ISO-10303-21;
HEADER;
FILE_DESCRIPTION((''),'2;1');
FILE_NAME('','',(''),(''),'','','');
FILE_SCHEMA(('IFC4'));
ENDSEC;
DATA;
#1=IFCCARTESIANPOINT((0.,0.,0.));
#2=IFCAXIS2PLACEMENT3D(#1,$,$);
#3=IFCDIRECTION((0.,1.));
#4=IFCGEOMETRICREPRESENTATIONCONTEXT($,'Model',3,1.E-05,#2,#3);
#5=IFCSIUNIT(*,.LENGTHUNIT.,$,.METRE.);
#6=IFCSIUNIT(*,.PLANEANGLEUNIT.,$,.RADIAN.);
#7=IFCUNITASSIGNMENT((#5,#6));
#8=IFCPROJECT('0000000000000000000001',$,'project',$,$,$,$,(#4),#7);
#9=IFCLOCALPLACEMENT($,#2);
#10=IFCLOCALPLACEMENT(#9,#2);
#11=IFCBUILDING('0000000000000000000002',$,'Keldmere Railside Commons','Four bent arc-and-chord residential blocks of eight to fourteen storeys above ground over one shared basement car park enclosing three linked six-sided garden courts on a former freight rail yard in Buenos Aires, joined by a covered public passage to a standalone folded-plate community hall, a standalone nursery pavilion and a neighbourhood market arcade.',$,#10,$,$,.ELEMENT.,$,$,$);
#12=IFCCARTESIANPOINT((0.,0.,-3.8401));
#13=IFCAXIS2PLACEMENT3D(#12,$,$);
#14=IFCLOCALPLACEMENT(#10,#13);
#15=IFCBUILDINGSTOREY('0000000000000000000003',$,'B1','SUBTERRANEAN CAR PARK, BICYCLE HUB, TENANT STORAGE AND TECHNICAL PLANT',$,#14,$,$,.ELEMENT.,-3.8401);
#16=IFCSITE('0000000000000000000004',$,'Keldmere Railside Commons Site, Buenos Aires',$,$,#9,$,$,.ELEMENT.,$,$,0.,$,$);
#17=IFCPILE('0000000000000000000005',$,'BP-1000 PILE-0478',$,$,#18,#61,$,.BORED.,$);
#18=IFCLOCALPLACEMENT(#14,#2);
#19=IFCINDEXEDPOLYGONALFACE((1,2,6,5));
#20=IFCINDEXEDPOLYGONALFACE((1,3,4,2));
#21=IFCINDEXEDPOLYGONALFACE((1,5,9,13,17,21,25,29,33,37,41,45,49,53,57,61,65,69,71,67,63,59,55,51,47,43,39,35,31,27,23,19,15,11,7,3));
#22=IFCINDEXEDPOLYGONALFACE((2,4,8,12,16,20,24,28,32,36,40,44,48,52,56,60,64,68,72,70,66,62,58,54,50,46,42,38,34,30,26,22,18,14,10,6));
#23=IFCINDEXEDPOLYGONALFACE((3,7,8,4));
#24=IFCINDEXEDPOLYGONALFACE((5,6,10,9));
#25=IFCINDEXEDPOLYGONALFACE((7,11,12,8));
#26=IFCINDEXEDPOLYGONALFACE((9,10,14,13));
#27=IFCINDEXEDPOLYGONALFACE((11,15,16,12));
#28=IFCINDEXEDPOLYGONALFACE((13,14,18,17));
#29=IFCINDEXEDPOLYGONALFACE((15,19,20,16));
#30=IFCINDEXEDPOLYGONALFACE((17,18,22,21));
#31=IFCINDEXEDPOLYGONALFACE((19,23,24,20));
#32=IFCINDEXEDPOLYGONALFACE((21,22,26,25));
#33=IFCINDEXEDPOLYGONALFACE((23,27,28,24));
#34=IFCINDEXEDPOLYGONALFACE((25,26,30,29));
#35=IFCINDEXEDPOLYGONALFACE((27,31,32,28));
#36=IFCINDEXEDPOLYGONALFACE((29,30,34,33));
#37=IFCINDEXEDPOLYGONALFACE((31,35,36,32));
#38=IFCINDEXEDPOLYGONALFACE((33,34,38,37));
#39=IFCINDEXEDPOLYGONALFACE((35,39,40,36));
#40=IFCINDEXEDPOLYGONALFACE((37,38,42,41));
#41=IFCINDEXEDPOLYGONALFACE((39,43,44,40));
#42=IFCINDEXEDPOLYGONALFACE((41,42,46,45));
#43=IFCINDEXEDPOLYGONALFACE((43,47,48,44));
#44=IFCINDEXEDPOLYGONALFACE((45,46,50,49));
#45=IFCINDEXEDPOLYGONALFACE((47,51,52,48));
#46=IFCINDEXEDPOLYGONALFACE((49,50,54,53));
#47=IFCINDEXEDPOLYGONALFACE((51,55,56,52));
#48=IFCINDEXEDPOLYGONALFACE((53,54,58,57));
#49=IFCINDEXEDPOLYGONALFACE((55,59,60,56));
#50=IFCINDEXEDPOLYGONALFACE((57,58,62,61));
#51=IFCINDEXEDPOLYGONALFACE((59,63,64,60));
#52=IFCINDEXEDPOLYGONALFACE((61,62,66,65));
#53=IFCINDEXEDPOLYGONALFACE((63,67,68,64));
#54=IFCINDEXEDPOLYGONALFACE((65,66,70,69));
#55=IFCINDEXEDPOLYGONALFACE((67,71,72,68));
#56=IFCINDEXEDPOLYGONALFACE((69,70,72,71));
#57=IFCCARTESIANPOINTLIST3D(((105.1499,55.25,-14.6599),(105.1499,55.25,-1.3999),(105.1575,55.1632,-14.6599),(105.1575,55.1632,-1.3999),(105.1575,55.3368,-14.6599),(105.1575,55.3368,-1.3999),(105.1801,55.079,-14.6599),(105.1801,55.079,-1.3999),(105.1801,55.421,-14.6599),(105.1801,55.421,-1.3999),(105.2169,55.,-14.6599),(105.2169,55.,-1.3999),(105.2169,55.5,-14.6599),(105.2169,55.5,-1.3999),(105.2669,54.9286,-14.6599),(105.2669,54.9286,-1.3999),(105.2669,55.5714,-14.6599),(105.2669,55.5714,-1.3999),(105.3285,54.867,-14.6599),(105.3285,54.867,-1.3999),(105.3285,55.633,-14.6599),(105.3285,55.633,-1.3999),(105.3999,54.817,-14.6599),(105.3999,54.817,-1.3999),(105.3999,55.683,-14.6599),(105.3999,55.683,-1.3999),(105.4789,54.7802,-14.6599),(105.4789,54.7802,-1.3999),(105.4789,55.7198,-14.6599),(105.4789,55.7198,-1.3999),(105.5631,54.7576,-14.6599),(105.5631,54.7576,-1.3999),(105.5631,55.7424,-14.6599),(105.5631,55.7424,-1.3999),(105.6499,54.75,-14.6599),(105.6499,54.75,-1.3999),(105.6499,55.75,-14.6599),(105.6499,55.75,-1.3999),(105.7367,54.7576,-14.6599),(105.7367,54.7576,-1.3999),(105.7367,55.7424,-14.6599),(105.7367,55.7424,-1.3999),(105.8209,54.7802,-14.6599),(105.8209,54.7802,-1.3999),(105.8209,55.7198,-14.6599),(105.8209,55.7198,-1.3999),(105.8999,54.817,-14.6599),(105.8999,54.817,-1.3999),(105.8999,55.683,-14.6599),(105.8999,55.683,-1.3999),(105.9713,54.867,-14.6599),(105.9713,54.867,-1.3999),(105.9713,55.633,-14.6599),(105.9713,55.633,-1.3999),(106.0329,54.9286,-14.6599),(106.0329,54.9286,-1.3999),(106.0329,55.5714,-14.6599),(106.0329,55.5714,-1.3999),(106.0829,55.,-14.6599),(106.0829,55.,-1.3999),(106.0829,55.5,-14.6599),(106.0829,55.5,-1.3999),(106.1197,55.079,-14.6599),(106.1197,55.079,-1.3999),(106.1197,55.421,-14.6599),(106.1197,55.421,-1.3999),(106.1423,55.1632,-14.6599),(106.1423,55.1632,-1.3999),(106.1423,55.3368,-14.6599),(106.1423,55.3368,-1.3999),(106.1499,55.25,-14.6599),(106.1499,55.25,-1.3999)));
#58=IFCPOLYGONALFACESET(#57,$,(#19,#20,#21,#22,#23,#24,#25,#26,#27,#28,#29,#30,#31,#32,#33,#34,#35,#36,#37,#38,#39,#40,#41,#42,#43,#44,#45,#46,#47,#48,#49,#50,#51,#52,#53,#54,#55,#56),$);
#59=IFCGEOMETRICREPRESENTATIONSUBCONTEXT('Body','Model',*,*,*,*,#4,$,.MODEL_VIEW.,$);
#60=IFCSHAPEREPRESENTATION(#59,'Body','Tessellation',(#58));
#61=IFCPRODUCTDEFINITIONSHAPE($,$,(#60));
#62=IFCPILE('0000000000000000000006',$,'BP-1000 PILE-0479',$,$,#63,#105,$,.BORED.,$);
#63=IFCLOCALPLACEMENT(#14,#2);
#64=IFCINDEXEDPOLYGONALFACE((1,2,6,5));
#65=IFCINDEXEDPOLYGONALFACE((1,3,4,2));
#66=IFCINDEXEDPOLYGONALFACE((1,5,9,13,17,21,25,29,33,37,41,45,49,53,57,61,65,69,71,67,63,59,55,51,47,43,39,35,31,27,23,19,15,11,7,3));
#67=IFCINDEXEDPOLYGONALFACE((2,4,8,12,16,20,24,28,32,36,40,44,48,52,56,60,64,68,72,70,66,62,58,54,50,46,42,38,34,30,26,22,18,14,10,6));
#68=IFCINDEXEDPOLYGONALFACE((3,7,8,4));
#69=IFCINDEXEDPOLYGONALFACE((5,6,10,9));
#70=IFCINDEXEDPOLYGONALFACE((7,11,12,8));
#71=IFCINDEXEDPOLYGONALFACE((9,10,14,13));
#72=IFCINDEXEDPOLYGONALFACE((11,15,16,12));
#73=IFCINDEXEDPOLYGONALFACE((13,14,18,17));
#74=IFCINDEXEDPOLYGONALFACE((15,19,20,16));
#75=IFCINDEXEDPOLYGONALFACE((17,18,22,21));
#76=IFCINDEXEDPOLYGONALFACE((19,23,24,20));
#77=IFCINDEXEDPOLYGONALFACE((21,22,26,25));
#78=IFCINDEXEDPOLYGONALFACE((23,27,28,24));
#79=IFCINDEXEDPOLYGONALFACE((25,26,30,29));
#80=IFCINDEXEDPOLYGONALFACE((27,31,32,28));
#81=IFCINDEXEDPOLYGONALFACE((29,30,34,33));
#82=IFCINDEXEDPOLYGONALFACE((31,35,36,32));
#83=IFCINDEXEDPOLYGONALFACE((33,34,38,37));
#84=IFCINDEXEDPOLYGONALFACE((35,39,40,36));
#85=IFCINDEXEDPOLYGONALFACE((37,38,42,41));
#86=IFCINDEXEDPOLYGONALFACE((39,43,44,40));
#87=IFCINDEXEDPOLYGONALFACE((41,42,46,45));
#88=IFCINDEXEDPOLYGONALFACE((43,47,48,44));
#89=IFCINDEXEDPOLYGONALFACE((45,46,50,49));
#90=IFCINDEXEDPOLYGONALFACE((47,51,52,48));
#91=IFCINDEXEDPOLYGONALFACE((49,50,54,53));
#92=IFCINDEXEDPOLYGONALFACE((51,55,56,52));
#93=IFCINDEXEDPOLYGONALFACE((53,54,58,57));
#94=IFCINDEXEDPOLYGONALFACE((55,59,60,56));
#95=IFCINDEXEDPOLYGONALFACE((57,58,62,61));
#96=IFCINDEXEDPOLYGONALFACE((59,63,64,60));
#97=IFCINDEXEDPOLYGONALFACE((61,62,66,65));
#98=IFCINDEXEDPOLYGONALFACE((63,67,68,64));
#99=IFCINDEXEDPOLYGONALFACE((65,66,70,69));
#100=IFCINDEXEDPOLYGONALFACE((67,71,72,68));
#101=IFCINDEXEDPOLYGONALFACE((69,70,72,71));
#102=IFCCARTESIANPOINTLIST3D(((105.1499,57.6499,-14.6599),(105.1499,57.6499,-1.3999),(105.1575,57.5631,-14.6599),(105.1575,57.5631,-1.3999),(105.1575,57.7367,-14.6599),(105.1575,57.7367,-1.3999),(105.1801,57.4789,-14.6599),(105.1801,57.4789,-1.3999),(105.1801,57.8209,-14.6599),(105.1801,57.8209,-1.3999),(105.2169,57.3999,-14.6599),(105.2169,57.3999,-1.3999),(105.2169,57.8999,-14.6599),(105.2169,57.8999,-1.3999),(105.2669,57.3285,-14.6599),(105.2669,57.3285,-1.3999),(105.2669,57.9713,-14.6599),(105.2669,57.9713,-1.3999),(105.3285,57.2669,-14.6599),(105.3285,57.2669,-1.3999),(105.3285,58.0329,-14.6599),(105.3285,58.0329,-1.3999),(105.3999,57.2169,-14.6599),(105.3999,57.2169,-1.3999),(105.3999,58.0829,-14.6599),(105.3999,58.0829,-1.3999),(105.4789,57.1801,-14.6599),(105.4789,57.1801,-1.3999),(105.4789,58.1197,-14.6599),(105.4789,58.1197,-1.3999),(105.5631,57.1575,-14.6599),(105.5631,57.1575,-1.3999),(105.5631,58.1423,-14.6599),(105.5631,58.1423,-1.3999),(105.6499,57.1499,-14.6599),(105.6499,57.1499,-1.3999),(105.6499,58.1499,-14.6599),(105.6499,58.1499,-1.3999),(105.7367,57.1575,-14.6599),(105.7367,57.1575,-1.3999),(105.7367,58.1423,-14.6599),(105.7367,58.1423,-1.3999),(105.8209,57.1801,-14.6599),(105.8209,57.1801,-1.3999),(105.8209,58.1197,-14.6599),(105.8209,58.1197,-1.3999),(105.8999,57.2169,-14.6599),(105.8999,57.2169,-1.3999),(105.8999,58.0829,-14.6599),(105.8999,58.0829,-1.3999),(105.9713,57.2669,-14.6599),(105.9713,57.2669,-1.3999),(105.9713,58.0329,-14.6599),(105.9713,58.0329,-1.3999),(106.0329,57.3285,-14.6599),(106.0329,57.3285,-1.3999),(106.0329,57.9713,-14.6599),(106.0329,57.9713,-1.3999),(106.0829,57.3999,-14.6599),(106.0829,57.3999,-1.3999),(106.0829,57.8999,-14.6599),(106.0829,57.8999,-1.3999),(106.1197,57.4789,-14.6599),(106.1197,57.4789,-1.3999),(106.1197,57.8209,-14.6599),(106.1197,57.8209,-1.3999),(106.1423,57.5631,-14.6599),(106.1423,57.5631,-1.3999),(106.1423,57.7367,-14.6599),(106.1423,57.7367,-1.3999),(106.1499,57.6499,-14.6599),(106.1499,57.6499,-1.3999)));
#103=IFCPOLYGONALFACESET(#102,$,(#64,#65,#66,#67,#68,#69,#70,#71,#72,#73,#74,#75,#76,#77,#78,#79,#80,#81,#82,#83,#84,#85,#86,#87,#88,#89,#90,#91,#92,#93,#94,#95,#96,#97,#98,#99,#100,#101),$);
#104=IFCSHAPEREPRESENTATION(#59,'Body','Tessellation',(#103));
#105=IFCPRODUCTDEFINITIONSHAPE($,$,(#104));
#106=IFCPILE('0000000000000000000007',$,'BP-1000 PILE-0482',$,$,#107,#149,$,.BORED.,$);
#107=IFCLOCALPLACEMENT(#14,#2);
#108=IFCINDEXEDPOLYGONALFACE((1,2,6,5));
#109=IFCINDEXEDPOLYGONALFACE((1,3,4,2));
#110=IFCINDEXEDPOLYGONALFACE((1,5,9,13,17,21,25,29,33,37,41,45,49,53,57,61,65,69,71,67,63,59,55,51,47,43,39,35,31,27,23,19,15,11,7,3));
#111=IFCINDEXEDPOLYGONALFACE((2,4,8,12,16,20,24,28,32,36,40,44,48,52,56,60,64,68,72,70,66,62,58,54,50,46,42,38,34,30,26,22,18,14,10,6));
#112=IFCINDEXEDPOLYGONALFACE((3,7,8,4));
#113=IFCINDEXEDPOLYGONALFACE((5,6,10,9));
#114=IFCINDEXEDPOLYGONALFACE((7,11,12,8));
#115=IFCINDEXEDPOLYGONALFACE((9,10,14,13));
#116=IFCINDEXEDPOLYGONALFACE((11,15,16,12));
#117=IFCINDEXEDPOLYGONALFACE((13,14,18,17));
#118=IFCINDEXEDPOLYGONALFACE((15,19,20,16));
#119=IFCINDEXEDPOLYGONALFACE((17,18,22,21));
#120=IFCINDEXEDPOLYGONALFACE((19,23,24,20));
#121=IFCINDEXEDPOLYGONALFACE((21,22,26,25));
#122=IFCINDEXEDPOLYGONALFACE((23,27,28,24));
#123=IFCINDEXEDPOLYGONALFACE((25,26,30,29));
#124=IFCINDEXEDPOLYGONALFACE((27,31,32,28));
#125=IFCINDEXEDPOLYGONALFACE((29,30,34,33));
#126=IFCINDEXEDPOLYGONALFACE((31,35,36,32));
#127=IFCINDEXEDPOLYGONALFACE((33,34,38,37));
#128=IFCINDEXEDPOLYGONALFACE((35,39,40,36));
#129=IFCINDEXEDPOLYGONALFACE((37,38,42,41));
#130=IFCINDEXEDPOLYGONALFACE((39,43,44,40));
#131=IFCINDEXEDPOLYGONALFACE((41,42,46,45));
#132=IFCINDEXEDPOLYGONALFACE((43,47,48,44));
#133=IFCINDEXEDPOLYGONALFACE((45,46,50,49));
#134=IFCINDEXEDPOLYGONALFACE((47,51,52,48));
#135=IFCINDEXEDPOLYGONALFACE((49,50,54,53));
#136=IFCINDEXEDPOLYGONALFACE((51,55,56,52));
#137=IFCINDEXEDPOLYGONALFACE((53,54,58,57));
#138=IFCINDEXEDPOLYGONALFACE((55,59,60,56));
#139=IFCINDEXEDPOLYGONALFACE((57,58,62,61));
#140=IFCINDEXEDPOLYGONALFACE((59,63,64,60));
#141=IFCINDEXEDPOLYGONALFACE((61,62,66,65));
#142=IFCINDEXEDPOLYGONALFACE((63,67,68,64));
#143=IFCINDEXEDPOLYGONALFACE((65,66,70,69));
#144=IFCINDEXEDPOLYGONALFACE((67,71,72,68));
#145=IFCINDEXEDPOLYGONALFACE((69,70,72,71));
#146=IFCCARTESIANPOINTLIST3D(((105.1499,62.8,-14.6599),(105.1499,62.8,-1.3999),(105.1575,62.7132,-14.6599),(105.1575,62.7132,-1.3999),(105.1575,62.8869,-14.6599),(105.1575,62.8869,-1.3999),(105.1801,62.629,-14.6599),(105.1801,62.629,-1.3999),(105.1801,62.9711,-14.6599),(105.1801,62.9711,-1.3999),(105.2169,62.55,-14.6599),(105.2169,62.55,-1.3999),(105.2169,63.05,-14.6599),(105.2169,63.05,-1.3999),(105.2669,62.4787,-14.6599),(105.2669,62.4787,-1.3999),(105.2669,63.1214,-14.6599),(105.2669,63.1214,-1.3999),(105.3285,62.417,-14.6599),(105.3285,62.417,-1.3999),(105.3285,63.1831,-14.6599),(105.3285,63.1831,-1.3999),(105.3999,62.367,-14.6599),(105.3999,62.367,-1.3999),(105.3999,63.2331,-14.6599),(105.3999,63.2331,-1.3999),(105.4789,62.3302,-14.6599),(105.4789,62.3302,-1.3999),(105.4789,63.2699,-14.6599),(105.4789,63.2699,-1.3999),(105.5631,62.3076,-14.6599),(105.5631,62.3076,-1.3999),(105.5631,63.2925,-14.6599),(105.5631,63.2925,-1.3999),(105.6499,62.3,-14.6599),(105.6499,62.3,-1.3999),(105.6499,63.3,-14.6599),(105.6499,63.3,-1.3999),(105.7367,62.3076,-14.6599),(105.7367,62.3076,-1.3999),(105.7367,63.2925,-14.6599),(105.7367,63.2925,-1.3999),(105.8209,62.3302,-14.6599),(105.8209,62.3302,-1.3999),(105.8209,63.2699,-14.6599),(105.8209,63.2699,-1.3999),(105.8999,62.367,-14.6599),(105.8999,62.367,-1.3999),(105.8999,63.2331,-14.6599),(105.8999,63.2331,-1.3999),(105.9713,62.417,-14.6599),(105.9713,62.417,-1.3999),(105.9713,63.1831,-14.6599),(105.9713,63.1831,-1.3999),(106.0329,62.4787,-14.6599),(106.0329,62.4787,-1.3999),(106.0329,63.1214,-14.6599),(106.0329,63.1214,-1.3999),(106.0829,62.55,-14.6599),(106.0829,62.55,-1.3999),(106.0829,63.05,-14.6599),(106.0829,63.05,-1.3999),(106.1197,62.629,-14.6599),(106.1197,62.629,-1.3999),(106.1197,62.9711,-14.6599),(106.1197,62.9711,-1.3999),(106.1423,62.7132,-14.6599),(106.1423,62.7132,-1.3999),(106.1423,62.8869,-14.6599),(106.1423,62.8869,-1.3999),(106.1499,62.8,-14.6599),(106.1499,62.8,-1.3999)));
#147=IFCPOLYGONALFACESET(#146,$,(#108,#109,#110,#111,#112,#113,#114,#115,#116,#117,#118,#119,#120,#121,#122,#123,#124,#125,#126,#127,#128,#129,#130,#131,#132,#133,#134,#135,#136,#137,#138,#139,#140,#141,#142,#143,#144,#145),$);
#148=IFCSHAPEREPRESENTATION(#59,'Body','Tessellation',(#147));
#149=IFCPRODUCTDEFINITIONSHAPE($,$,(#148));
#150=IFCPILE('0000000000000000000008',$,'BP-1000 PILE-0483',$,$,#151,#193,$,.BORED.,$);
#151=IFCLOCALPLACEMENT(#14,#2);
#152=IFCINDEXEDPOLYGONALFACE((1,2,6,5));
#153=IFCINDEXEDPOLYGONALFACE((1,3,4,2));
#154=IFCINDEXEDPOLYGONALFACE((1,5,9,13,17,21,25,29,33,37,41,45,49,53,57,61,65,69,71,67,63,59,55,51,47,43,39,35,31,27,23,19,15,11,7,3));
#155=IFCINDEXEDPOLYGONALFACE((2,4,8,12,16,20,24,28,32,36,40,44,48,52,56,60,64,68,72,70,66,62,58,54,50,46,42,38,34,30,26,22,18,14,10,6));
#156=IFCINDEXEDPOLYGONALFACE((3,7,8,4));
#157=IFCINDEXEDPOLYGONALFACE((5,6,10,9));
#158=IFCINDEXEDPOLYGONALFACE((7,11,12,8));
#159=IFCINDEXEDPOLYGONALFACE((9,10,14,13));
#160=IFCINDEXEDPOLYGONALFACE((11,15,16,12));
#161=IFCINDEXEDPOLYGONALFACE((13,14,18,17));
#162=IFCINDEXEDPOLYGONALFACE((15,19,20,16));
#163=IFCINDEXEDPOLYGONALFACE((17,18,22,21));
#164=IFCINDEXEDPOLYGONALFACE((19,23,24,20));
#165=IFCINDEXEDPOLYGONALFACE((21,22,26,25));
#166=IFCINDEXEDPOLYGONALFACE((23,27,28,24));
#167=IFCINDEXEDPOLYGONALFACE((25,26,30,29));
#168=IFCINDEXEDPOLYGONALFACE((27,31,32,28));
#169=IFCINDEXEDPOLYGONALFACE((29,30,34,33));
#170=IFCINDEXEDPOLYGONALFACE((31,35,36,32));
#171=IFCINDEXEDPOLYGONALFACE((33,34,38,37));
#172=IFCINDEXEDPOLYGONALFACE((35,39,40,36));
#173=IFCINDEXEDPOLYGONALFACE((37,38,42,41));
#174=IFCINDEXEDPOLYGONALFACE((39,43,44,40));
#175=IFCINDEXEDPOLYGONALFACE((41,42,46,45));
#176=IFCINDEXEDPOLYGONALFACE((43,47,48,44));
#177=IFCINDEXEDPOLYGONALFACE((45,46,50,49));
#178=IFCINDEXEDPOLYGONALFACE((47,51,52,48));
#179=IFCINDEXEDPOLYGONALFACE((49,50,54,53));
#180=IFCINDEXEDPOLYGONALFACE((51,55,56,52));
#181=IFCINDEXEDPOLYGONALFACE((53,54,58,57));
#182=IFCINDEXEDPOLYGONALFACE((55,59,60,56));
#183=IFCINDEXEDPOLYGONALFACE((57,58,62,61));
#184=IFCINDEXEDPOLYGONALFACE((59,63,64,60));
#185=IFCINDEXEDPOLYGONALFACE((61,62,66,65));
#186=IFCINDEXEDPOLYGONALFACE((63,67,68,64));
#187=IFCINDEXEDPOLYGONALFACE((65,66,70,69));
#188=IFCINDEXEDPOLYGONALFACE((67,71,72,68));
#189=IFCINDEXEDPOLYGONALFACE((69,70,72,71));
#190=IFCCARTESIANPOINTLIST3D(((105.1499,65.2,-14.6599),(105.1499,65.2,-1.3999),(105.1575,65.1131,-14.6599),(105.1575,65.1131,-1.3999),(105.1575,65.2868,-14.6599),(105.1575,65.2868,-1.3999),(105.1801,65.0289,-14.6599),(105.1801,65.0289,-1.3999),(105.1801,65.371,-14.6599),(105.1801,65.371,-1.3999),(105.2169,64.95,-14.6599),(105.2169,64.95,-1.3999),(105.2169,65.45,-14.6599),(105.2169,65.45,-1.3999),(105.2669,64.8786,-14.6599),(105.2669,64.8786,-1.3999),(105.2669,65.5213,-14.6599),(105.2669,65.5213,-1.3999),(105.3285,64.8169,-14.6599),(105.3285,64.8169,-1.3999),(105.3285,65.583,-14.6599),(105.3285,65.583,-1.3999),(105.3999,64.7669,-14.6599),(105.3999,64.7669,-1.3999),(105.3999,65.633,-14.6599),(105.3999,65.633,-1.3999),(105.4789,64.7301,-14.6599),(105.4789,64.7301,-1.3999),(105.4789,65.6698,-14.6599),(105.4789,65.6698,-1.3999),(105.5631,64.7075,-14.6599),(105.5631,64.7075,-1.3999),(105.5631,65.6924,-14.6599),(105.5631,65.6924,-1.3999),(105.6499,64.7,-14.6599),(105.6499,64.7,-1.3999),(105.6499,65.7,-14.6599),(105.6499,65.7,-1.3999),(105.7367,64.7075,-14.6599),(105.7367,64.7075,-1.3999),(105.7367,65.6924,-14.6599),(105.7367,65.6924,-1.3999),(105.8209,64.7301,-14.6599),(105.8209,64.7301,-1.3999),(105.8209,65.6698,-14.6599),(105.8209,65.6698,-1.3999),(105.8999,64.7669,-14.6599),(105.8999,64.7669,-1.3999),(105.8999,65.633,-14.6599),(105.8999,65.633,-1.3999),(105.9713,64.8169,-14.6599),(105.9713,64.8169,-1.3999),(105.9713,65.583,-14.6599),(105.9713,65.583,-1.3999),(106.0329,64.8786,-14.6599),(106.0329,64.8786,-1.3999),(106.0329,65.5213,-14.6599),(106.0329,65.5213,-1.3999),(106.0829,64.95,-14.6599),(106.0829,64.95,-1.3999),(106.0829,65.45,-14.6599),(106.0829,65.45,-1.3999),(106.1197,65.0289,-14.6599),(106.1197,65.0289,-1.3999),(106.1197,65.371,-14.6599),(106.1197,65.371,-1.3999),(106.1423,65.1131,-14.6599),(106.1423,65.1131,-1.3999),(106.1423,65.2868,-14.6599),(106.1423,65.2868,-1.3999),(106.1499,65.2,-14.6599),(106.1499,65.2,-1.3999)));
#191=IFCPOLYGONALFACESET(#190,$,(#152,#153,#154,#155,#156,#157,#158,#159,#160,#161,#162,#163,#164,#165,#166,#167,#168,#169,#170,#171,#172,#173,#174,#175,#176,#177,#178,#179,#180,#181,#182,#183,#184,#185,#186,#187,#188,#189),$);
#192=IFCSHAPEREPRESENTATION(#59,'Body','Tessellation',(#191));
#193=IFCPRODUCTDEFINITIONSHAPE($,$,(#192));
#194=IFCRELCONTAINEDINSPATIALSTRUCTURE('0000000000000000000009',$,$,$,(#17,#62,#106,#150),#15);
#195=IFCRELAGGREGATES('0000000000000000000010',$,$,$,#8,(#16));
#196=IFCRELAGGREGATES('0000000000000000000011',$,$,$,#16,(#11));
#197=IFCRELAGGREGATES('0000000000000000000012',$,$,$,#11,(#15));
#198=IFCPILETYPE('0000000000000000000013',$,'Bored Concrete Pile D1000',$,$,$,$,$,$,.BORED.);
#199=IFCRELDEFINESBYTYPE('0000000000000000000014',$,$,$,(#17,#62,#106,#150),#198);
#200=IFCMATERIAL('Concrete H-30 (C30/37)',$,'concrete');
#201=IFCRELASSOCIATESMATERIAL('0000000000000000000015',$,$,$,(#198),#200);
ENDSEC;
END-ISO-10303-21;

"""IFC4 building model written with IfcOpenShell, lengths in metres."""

from ifc_helpers import new_model, si_unit, direction, frame, origin, origin_2d, place, context, subcontext, project, spatial, circle, extrude, material, material_profile, profile_set, type_object, element, save


model = new_model("IFC4")

# Units and contexts
model_context = context("Model", 3, precision=1e-05, world=origin(), true_north=direction((0.0, 1.0)))
body_context = subcontext(model_context, "Body", "Model", "MODEL_VIEW")
ifc_project = project(units=[si_unit("LENGTHUNIT", "METRE"), si_unit("PLANEANGLEUNIT", "RADIAN")], contexts=[model_context])

# Site, building, storey
site_placement = place(None, origin())
site = spatial("IfcSite", under=ifc_project, at=site_placement, Name="Keldmere Railside Commons Site, Buenos Aires", CompositionType="ELEMENT", RefElevation=0.0)
building_placement = place(site_placement, origin())
building = spatial("IfcBuilding", under=site, at=building_placement, Name="Keldmere Railside Commons", Description="Four bent arc-and-chord residential blocks of eight to fourteen storeys above ground over one shared basement car park enclosing three linked six-sided garden courts on a former freight rail yard in Buenos Aires, joined by a covered public passage to a standalone folded-plate community hall, a standalone nursery pavilion and a neighbourhood market arcade.", CompositionType="ELEMENT")
storey_placement = place(building_placement, frame((0.0, 0.0, -3.8401)))
storey = spatial("IfcBuildingStorey", under=building, at=storey_placement, Name="B1", Description="SUBTERRANEAN CAR PARK, BICYCLE HUB, TENANT STORAGE AND TECHNICAL PLANT", CompositionType="ELEMENT", Elevation=-3.8401)

# Piles
ifc_material_1 = material(Name="Concrete H-30 (C30/37)", Category="concrete")
ifc_material_profile_1 = material_profile(ifc_material_1, circle(Radius=0.5, at=origin_2d()), Name="PILE-D1000")
ifc_profile_set_1 = profile_set([ifc_material_profile_1], Name="Concrete H-30 (C30/37)")
pile_type = type_object("IfcPileType", Name="Bored Concrete Pile D1000", PredefinedType="BORED", material=ifc_profile_set_1)
for number, where, z_axis, x_axis, name in (
    (1, (105.6499, 55.25, -1.3999), (0.0, 0.0, -1.0), (1.0, 0.0, 0.0), "BP-1000 PILE-0478"),
    (2, (105.6499, 57.6499, -1.3999), (0.0, 0.0, -1.0), (1.0, 0.0, 0.0), "BP-1000 PILE-0479"),
    (3, (105.6499, 62.8, -1.3999), (0.0, 0.0, -1.0), (1.0, 0.0, 0.0), "BP-1000 PILE-0482"),
    (4, (105.6499, 65.2, -1.3999), (0.0, 0.0, -1.0), (1.0, 0.0, 0.0), "BP-1000 PILE-0483"),
):
    element("IfcPile", number, at=place(storey_placement, frame(where, z_axis=z_axis, x_axis=x_axis)), inside=storey, type_object=pile_type, Name=name, PredefinedType="BORED", context=body_context, shape_type="SweptSolid", body=[
        extrude(circle(Radius=0.5, at=origin_2d()), origin(), (0.0, 0.0, 1.0), 13.26),
    ])

save(model, "model.ifc")
